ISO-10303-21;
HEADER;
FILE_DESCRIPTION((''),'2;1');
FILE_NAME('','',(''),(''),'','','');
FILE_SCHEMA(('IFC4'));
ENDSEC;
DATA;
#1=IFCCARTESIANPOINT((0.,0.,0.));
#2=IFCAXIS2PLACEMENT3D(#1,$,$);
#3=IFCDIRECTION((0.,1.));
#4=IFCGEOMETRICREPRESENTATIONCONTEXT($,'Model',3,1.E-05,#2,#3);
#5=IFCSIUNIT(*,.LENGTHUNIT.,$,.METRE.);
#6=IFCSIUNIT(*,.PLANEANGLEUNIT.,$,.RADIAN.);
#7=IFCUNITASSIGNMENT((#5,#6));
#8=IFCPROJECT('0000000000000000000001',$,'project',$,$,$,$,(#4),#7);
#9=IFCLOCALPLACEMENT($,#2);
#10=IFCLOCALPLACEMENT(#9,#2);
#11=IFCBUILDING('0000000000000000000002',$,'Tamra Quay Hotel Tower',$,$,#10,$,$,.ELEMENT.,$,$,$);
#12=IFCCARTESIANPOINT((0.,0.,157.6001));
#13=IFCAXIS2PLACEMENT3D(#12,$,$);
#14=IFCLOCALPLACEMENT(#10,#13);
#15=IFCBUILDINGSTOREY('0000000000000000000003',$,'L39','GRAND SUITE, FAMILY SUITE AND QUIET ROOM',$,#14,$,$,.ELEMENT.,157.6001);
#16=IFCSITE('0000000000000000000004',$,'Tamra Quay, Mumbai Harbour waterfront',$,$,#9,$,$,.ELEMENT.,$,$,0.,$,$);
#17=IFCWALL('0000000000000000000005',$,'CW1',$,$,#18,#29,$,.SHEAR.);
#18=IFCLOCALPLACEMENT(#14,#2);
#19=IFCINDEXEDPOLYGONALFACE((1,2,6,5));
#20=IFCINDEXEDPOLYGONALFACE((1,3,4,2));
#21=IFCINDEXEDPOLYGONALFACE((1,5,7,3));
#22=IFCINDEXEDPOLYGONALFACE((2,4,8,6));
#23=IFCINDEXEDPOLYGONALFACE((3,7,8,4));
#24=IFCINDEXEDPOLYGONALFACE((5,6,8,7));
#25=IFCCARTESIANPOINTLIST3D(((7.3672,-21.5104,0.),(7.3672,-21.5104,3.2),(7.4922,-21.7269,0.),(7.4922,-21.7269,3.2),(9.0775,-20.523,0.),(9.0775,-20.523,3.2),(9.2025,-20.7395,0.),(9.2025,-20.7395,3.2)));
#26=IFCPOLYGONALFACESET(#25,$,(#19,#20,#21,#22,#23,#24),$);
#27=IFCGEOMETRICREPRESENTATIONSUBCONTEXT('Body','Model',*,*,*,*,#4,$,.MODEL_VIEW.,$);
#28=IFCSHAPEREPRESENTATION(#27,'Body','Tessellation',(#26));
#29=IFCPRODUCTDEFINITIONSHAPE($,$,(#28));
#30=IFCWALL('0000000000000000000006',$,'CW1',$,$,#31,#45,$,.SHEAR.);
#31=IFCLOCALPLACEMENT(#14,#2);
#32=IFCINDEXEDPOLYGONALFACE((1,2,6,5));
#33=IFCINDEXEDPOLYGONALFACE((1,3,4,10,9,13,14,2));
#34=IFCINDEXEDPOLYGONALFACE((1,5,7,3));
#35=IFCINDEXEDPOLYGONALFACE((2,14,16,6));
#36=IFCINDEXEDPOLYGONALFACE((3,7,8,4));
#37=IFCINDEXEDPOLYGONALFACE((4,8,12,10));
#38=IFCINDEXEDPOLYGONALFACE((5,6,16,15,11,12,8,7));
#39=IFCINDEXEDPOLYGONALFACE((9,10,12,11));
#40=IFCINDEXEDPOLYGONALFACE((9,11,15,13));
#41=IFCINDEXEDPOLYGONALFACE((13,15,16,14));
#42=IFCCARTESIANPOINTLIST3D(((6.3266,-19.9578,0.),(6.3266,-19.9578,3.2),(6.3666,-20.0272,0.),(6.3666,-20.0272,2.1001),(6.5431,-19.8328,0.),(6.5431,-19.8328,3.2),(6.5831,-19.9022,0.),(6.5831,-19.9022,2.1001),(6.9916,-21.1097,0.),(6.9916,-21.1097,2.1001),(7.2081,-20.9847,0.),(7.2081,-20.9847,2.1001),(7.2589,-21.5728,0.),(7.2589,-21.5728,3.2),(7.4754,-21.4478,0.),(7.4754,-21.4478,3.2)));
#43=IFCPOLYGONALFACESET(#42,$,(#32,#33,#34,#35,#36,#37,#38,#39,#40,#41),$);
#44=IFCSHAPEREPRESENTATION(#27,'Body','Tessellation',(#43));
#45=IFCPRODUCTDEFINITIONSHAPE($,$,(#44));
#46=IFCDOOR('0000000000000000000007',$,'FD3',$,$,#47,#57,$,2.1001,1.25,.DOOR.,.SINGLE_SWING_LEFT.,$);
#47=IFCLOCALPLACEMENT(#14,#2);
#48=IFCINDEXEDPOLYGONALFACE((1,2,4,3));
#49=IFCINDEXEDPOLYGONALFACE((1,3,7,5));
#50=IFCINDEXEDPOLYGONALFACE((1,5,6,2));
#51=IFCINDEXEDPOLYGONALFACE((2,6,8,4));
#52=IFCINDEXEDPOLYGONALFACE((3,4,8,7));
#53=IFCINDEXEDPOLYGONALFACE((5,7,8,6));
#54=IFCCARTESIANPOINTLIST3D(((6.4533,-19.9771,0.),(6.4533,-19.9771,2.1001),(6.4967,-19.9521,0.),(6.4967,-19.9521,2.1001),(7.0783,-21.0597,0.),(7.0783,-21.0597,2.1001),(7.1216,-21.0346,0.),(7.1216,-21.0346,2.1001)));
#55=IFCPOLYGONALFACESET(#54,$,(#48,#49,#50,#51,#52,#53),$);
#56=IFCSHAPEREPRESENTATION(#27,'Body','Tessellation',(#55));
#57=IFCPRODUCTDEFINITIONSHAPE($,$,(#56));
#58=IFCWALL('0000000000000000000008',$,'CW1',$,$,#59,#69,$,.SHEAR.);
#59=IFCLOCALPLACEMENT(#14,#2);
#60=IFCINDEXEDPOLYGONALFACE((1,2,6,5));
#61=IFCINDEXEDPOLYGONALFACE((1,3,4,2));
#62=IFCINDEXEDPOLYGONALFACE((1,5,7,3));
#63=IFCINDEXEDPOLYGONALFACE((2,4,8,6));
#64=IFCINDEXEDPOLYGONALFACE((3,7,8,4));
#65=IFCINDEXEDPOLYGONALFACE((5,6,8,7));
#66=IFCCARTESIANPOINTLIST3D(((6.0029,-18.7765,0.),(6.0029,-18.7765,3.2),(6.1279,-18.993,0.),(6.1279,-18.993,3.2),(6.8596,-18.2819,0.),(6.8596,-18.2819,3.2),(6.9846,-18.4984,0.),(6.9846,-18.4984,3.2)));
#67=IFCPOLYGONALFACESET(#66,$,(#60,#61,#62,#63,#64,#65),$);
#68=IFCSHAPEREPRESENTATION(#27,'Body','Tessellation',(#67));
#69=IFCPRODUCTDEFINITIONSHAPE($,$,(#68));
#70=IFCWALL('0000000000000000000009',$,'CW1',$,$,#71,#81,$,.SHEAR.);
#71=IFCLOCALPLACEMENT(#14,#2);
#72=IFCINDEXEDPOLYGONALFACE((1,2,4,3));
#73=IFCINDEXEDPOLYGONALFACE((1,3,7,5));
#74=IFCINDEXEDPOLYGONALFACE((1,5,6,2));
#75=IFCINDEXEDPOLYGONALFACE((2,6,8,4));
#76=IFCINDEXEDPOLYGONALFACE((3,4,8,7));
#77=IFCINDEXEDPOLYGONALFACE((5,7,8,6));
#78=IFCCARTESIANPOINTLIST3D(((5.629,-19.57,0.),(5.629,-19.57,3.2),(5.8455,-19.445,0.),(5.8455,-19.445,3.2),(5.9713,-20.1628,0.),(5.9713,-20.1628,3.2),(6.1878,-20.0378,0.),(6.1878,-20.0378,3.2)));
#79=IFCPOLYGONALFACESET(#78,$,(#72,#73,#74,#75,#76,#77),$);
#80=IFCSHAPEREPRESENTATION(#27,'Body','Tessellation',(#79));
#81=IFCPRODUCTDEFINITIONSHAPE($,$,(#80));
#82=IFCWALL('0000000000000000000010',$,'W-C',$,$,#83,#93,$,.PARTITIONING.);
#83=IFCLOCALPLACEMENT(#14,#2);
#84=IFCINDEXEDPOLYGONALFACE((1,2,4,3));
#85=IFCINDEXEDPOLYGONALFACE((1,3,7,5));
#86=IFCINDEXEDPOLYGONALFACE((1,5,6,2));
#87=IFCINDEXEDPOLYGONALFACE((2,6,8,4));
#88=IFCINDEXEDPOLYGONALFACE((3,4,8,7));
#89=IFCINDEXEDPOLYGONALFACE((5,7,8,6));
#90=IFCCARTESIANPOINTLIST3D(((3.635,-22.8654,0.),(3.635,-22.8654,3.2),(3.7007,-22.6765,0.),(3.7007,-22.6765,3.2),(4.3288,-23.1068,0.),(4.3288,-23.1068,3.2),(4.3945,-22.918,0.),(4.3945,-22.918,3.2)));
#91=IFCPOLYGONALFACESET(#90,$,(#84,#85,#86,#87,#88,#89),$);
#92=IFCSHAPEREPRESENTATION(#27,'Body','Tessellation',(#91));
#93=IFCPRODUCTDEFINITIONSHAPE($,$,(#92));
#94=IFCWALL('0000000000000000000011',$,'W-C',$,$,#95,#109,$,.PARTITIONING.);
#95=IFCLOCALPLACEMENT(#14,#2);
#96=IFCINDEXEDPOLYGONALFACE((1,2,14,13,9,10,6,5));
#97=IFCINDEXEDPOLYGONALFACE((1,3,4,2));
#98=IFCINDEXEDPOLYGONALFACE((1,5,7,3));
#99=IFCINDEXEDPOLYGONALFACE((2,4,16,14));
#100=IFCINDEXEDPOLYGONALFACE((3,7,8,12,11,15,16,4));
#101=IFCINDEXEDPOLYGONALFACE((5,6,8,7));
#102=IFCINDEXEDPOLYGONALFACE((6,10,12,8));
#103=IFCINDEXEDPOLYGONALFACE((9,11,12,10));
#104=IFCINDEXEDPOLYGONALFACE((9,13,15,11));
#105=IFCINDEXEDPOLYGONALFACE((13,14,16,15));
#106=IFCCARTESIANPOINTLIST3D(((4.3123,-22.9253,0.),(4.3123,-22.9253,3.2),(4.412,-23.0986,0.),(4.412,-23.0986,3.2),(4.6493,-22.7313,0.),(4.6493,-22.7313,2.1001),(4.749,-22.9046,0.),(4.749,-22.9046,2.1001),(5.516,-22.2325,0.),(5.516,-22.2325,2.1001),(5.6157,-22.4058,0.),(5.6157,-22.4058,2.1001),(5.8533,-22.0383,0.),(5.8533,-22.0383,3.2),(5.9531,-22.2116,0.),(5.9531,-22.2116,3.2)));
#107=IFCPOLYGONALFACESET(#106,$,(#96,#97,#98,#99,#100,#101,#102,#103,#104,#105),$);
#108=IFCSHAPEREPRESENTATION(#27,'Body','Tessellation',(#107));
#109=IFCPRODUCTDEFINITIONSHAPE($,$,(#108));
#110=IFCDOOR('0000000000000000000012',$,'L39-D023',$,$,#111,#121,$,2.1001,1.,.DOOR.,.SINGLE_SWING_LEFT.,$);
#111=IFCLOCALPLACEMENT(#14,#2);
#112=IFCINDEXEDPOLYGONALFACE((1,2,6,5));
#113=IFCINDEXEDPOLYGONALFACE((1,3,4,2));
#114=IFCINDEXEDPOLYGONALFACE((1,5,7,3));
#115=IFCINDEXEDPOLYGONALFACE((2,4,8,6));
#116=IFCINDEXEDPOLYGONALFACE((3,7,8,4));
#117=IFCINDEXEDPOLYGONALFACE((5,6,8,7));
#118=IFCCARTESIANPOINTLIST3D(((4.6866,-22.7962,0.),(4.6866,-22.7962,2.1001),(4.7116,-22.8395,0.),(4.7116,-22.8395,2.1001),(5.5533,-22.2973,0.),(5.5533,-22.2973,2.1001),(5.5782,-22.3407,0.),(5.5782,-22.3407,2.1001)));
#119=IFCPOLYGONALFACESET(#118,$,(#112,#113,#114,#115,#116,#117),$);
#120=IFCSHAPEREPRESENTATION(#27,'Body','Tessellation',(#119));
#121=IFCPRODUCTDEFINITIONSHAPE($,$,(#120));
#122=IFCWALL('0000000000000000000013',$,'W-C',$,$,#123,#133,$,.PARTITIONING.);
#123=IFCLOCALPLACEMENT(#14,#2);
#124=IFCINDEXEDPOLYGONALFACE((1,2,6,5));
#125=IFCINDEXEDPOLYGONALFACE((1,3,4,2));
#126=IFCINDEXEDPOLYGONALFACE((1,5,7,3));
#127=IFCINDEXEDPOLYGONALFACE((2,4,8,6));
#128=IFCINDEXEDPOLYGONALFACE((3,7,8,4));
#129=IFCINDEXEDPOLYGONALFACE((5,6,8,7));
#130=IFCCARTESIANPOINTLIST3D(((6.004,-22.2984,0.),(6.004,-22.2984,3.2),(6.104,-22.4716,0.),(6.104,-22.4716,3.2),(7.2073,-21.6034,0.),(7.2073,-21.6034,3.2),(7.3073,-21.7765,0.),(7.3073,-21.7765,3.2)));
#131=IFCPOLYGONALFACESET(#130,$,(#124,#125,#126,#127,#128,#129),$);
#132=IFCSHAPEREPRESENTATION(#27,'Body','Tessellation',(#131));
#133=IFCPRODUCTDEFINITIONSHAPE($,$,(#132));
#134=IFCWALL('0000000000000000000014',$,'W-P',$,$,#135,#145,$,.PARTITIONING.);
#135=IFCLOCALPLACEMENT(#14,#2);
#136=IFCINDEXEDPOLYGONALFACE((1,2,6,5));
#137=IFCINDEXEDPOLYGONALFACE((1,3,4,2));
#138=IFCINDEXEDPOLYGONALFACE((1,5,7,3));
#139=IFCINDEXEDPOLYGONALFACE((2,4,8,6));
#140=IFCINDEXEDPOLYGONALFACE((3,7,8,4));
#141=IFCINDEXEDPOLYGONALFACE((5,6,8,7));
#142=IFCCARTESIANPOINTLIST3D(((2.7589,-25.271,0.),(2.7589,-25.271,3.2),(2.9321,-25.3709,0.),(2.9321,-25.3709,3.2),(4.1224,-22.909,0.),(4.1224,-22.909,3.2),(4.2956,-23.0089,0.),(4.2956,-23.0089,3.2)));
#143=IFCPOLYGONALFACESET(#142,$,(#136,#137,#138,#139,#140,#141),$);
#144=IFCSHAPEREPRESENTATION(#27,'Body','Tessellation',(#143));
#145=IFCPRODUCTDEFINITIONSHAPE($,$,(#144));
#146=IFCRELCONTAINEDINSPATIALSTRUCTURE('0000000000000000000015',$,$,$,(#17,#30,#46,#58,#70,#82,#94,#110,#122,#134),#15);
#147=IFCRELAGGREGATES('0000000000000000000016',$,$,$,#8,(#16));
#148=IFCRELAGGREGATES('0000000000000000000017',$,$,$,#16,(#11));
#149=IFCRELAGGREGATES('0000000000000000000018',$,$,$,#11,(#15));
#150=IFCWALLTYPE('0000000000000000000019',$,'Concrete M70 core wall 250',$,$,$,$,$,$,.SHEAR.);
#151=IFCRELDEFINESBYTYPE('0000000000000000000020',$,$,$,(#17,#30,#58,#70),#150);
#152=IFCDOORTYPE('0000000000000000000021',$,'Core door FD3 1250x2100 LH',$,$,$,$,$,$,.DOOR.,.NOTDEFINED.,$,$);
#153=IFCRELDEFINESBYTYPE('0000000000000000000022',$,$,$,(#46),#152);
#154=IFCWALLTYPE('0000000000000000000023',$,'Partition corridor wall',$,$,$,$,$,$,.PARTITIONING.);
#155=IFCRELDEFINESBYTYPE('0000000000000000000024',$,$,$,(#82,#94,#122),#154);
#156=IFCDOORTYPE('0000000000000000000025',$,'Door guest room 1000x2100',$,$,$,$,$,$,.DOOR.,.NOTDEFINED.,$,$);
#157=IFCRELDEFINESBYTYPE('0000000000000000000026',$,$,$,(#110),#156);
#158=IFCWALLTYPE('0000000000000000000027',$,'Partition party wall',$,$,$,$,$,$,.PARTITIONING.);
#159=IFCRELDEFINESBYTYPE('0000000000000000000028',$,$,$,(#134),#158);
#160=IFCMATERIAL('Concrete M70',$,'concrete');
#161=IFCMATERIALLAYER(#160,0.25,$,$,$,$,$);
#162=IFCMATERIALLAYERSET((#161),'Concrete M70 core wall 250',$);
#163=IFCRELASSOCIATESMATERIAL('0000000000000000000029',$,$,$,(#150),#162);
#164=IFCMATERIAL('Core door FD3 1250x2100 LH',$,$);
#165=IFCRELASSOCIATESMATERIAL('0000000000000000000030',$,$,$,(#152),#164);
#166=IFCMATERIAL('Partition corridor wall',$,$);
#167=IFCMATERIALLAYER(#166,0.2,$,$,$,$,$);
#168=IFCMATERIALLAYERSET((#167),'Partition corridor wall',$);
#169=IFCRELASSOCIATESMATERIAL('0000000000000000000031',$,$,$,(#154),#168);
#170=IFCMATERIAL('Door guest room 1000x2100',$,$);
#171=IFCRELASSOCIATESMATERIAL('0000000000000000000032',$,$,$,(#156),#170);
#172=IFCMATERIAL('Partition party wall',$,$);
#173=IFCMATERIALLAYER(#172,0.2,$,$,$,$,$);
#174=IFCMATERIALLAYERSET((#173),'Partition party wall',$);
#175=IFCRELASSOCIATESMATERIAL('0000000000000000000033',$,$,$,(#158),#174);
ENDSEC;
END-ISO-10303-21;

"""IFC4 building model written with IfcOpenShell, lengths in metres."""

from ifc_helpers import new_model, si_unit, direction, frame, frame_2d, origin, place, context, subcontext, project, spatial, rectangle, extrude, material, layer, layer_set, type_object, element, fill, save


model = new_model("IFC4")

# Units and contexts
model_context = context("Model", 3, precision=1e-05, world=origin(), true_north=direction((0.0, 1.0)))
body_context = subcontext(model_context, "Body", "Model", "MODEL_VIEW")
ifc_project = project(units=[si_unit("LENGTHUNIT", "METRE"), si_unit("PLANEANGLEUNIT", "RADIAN")], contexts=[model_context])

# Site, building, storey
site_placement = place(None, origin())
site = spatial("IfcSite", under=ifc_project, at=site_placement, Name="Tamra Quay, Mumbai Harbour waterfront", CompositionType="ELEMENT", RefElevation=0.0)
building_placement = place(site_placement, origin())
building = spatial("IfcBuilding", under=site, at=building_placement, Name="Tamra Quay Hotel Tower", CompositionType="ELEMENT")
storey_placement = place(building_placement, frame((0.0, 0.0, 157.6001)))
storey = spatial("IfcBuildingStorey", under=building, at=storey_placement, Name="L39", Description="GRAND SUITE, FAMILY SUITE AND QUIET ROOM", CompositionType="ELEMENT", Elevation=157.6001)

# Shared definitions
ifc_material_1 = material(Name="Concrete M70", Category="concrete")

# Wall
ifc_layer_1 = layer(ifc_material_1, 0.25)
ifc_layer_set_1 = layer_set([ifc_layer_1], Name="Concrete M70 core wall 250")
wall_type_1 = type_object("IfcWallType", Name="Concrete M70 core wall 250", PredefinedType="SHEAR", material=ifc_layer_set_1)
wall_1_placement = place(storey_placement, frame((9.1399, -20.6313, 0.0), z_axis=(0.0, 0.0, 1.0), x_axis=(-0.866044, -0.499969, 0.0)))
element("IfcWall", 1, at=wall_1_placement, inside=storey, type_object=wall_type_1, Name="CW1", PredefinedType="SHEAR", context=body_context, shape_type="SweptSolid", body=[
    extrude(rectangle(XDim=1.9749, YDim=0.25, at=frame_2d((0.9873, 0.0))), origin(), (0.0, 0.0, 1.0), 3.2),
])

# Wall, opening, door
wall_2_placement = place(storey_placement, frame((7.3672, -21.5103, 0.0), z_axis=(0.0, 0.0, 1.0), x_axis=(-0.499983, 0.866035, 0.0)))
wall_2 = element("IfcWall", 2, at=wall_2_placement, inside=storey, type_object=wall_type_1, Name="CW1", PredefinedType="SHEAR", context=body_context, shape_type="SweptSolid", body=[
    extrude(rectangle(XDim=1.8647, YDim=0.25, at=frame_2d((0.9324, 0.0))), origin(), (0.0, 0.0, 1.0), 3.2),
])
opening_1_placement = place(wall_2_placement, frame((0.5347, 0.0, 0.0)))
opening_1 = element("IfcOpeningElement", 3, at=opening_1_placement, cuts=wall_2, PredefinedType="OPENING", context=body_context, shape_type="SweptSolid", body=[
    extrude(rectangle(XDim=1.25, YDim=2.1001, at=frame_2d((0.625, 1.05))), frame((0.0, 0.135, 0.0), z_axis=(0.0, -1.0, 0.0), x_axis=(1.0, 0.0, 0.0)), (0.0, 0.0, 1.0), 0.27),
])
ifc_material_2 = material(Name="Core door FD3 1250x2100 LH")
door_type_1 = type_object("IfcDoorType", Name="Core door FD3 1250x2100 LH", OperationType="NOTDEFINED", PredefinedType="DOOR", material=ifc_material_2)
door_1_placement = place(opening_1_placement, origin())
door_1 = element("IfcDoor", 4, at=door_1_placement, inside=storey, type_object=door_type_1, Name="FD3", OperationType="SINGLE_SWING_LEFT", OverallHeight=2.1001, OverallWidth=1.25, PredefinedType="DOOR", context=body_context, shape_type="SweptSolid", body=[
    extrude(rectangle(XDim=1.25, YDim=2.1001, at=frame_2d((0.625, 1.05))), frame((0.0, 0.0249, 0.0), z_axis=(0.0, -1.0, 0.0), x_axis=(1.0, 0.0, 0.0)), (0.0, 0.0, 1.0), 0.05),
])
fill(opening_1, door_1)

# Walls
wall_3_placement = place(storey_placement, frame((6.0654, -18.8848, 0.0), z_axis=(0.0, 0.0, 1.0), x_axis=(0.866017, 0.500014, 0.0)))
element("IfcWall", 5, at=wall_3_placement, inside=storey, type_object=wall_type_1, Name="CW1", PredefinedType="SHEAR", context=body_context, shape_type="SweptSolid", body=[
    extrude(rectangle(XDim=0.9893, YDim=0.25, at=frame_2d((0.4946, 0.0))), origin(), (0.0, 0.0, 1.0), 3.2),
])
wall_4_placement = place(storey_placement, frame((6.0796, -20.1003, 0.0), z_axis=(0.0, 0.0, 1.0), x_axis=(-0.500052, 0.865996, 0.0)))
element("IfcWall", 6, at=wall_4_placement, inside=storey, type_object=wall_type_1, Name="CW1", PredefinedType="SHEAR", context=body_context, shape_type="SweptSolid", body=[
    extrude(rectangle(XDim=0.6846, YDim=0.25, at=frame_2d((0.3423, 0.0))), origin(), (0.0, 0.0, 1.0), 3.2),
])
ifc_material_3 = material(Name="Partition corridor wall")
ifc_layer_2 = layer(ifc_material_3, 0.2)
ifc_layer_set_2 = layer_set([ifc_layer_2], Name="Partition corridor wall")
wall_type_2 = type_object("IfcWallType", Name="Partition corridor wall", PredefinedType="PARTITIONING", material=ifc_layer_set_2)
wall_5_placement = place(storey_placement, frame((3.668, -22.771, 0.0), z_axis=(0.0, 0.0, 1.0), x_axis=(0.944447, -0.328662, 0.0)))
element("IfcWall", 7, at=wall_5_placement, inside=storey, type_object=wall_type_2, Name="W-C", PredefinedType="PARTITIONING", context=body_context, shape_type="SweptSolid", body=[
    extrude(rectangle(XDim=0.7346, YDim=0.2, at=frame_2d((0.3672, 0.0))), origin(), (0.0, 0.0, 1.0), 3.2),
])

# Wall, opening, door
wall_6_placement = place(storey_placement, frame((4.3621, -23.012, 0.0), z_axis=(0.0, 0.0, 1.0), x_axis=(0.866693, 0.498843, 0.0)))
wall_6 = element("IfcWall", 8, at=wall_6_placement, inside=storey, type_object=wall_type_2, Name="W-C", PredefinedType="PARTITIONING", context=body_context, shape_type="SweptSolid", body=[
    extrude(rectangle(XDim=1.7781, YDim=0.2, at=frame_2d((0.8892, 0.0))), origin(), (0.0, 0.0, 1.0), 3.2),
])
opening_2_placement = place(wall_6_placement, frame((0.3889, 0.0, 0.0)))
opening_2 = element("IfcOpeningElement", 9, at=opening_2_placement, cuts=wall_6, PredefinedType="OPENING", context=body_context, shape_type="SweptSolid", body=[
    extrude(rectangle(XDim=1.0, YDim=2.1001, at=frame_2d((0.5, 1.05))), frame((0.0, 0.1099, 0.0), z_axis=(0.0, -1.0, 0.0), x_axis=(1.0, 0.0, 0.0)), (0.0, 0.0, 1.0), 0.22),
])
ifc_material_4 = material(Name="Door guest room 1000x2100")
door_type_2 = type_object("IfcDoorType", Name="Door guest room 1000x2100", OperationType="NOTDEFINED", PredefinedType="DOOR", material=ifc_material_4)
door_2_placement = place(opening_2_placement, frame((1.0, 0.0, 0.0), z_axis=(0.0, 0.0, 1.0), x_axis=(-1.0, 0.0, 0.0)))
door_2 = element("IfcDoor", 10, at=door_2_placement, inside=storey, type_object=door_type_2, Name="L39-D023", OperationType="SINGLE_SWING_LEFT", OverallHeight=2.1001, OverallWidth=1.0, PredefinedType="DOOR", context=body_context, shape_type="SweptSolid", body=[
    extrude(rectangle(XDim=1.0, YDim=2.1001, at=frame_2d((0.5, 1.05))), frame((0.0, 0.0249, 0.0), z_axis=(0.0, -1.0, 0.0), x_axis=(1.0, 0.0, 0.0)), (0.0, 0.0, 1.0), 0.05),
])
fill(opening_2, door_2)

# Walls
wall_7_placement = place(storey_placement, frame((6.054, -22.385, 0.0), z_axis=(0.0, 0.0, 1.0), x_axis=(0.865931, 0.500163, 0.0)))
element("IfcWall", 11, at=wall_7_placement, inside=storey, type_object=wall_type_2, Name="W-C", PredefinedType="PARTITIONING", context=body_context, shape_type="SweptSolid", body=[
    extrude(rectangle(XDim=1.3896, YDim=0.2, at=frame_2d((0.6948, 0.0))), origin(), (0.0, 0.0, 1.0), 3.2),
])
ifc_material_5 = material(Name="Partition party wall")
ifc_layer_3 = layer(ifc_material_5, 0.2)
ifc_layer_set_3 = layer_set([ifc_layer_3], Name="Partition party wall")
wall_type_3 = type_object("IfcWallType", Name="Partition party wall", PredefinedType="PARTITIONING", material=ifc_layer_set_3)
wall_8_placement = place(storey_placement, frame((2.8455, -25.321, 0.0), z_axis=(0.0, 0.0, 1.0), x_axis=(0.499942, 0.866059, 0.0)))
element("IfcWall", 12, at=wall_8_placement, inside=storey, type_object=wall_type_3, Name="W-P", PredefinedType="PARTITIONING", context=body_context, shape_type="SweptSolid", body=[
    extrude(rectangle(XDim=2.7273, YDim=0.2, at=frame_2d((1.3638, 0.0))), origin(), (0.0, 0.0, 1.0), 3.2),
])

save(model, "model.ifc")
